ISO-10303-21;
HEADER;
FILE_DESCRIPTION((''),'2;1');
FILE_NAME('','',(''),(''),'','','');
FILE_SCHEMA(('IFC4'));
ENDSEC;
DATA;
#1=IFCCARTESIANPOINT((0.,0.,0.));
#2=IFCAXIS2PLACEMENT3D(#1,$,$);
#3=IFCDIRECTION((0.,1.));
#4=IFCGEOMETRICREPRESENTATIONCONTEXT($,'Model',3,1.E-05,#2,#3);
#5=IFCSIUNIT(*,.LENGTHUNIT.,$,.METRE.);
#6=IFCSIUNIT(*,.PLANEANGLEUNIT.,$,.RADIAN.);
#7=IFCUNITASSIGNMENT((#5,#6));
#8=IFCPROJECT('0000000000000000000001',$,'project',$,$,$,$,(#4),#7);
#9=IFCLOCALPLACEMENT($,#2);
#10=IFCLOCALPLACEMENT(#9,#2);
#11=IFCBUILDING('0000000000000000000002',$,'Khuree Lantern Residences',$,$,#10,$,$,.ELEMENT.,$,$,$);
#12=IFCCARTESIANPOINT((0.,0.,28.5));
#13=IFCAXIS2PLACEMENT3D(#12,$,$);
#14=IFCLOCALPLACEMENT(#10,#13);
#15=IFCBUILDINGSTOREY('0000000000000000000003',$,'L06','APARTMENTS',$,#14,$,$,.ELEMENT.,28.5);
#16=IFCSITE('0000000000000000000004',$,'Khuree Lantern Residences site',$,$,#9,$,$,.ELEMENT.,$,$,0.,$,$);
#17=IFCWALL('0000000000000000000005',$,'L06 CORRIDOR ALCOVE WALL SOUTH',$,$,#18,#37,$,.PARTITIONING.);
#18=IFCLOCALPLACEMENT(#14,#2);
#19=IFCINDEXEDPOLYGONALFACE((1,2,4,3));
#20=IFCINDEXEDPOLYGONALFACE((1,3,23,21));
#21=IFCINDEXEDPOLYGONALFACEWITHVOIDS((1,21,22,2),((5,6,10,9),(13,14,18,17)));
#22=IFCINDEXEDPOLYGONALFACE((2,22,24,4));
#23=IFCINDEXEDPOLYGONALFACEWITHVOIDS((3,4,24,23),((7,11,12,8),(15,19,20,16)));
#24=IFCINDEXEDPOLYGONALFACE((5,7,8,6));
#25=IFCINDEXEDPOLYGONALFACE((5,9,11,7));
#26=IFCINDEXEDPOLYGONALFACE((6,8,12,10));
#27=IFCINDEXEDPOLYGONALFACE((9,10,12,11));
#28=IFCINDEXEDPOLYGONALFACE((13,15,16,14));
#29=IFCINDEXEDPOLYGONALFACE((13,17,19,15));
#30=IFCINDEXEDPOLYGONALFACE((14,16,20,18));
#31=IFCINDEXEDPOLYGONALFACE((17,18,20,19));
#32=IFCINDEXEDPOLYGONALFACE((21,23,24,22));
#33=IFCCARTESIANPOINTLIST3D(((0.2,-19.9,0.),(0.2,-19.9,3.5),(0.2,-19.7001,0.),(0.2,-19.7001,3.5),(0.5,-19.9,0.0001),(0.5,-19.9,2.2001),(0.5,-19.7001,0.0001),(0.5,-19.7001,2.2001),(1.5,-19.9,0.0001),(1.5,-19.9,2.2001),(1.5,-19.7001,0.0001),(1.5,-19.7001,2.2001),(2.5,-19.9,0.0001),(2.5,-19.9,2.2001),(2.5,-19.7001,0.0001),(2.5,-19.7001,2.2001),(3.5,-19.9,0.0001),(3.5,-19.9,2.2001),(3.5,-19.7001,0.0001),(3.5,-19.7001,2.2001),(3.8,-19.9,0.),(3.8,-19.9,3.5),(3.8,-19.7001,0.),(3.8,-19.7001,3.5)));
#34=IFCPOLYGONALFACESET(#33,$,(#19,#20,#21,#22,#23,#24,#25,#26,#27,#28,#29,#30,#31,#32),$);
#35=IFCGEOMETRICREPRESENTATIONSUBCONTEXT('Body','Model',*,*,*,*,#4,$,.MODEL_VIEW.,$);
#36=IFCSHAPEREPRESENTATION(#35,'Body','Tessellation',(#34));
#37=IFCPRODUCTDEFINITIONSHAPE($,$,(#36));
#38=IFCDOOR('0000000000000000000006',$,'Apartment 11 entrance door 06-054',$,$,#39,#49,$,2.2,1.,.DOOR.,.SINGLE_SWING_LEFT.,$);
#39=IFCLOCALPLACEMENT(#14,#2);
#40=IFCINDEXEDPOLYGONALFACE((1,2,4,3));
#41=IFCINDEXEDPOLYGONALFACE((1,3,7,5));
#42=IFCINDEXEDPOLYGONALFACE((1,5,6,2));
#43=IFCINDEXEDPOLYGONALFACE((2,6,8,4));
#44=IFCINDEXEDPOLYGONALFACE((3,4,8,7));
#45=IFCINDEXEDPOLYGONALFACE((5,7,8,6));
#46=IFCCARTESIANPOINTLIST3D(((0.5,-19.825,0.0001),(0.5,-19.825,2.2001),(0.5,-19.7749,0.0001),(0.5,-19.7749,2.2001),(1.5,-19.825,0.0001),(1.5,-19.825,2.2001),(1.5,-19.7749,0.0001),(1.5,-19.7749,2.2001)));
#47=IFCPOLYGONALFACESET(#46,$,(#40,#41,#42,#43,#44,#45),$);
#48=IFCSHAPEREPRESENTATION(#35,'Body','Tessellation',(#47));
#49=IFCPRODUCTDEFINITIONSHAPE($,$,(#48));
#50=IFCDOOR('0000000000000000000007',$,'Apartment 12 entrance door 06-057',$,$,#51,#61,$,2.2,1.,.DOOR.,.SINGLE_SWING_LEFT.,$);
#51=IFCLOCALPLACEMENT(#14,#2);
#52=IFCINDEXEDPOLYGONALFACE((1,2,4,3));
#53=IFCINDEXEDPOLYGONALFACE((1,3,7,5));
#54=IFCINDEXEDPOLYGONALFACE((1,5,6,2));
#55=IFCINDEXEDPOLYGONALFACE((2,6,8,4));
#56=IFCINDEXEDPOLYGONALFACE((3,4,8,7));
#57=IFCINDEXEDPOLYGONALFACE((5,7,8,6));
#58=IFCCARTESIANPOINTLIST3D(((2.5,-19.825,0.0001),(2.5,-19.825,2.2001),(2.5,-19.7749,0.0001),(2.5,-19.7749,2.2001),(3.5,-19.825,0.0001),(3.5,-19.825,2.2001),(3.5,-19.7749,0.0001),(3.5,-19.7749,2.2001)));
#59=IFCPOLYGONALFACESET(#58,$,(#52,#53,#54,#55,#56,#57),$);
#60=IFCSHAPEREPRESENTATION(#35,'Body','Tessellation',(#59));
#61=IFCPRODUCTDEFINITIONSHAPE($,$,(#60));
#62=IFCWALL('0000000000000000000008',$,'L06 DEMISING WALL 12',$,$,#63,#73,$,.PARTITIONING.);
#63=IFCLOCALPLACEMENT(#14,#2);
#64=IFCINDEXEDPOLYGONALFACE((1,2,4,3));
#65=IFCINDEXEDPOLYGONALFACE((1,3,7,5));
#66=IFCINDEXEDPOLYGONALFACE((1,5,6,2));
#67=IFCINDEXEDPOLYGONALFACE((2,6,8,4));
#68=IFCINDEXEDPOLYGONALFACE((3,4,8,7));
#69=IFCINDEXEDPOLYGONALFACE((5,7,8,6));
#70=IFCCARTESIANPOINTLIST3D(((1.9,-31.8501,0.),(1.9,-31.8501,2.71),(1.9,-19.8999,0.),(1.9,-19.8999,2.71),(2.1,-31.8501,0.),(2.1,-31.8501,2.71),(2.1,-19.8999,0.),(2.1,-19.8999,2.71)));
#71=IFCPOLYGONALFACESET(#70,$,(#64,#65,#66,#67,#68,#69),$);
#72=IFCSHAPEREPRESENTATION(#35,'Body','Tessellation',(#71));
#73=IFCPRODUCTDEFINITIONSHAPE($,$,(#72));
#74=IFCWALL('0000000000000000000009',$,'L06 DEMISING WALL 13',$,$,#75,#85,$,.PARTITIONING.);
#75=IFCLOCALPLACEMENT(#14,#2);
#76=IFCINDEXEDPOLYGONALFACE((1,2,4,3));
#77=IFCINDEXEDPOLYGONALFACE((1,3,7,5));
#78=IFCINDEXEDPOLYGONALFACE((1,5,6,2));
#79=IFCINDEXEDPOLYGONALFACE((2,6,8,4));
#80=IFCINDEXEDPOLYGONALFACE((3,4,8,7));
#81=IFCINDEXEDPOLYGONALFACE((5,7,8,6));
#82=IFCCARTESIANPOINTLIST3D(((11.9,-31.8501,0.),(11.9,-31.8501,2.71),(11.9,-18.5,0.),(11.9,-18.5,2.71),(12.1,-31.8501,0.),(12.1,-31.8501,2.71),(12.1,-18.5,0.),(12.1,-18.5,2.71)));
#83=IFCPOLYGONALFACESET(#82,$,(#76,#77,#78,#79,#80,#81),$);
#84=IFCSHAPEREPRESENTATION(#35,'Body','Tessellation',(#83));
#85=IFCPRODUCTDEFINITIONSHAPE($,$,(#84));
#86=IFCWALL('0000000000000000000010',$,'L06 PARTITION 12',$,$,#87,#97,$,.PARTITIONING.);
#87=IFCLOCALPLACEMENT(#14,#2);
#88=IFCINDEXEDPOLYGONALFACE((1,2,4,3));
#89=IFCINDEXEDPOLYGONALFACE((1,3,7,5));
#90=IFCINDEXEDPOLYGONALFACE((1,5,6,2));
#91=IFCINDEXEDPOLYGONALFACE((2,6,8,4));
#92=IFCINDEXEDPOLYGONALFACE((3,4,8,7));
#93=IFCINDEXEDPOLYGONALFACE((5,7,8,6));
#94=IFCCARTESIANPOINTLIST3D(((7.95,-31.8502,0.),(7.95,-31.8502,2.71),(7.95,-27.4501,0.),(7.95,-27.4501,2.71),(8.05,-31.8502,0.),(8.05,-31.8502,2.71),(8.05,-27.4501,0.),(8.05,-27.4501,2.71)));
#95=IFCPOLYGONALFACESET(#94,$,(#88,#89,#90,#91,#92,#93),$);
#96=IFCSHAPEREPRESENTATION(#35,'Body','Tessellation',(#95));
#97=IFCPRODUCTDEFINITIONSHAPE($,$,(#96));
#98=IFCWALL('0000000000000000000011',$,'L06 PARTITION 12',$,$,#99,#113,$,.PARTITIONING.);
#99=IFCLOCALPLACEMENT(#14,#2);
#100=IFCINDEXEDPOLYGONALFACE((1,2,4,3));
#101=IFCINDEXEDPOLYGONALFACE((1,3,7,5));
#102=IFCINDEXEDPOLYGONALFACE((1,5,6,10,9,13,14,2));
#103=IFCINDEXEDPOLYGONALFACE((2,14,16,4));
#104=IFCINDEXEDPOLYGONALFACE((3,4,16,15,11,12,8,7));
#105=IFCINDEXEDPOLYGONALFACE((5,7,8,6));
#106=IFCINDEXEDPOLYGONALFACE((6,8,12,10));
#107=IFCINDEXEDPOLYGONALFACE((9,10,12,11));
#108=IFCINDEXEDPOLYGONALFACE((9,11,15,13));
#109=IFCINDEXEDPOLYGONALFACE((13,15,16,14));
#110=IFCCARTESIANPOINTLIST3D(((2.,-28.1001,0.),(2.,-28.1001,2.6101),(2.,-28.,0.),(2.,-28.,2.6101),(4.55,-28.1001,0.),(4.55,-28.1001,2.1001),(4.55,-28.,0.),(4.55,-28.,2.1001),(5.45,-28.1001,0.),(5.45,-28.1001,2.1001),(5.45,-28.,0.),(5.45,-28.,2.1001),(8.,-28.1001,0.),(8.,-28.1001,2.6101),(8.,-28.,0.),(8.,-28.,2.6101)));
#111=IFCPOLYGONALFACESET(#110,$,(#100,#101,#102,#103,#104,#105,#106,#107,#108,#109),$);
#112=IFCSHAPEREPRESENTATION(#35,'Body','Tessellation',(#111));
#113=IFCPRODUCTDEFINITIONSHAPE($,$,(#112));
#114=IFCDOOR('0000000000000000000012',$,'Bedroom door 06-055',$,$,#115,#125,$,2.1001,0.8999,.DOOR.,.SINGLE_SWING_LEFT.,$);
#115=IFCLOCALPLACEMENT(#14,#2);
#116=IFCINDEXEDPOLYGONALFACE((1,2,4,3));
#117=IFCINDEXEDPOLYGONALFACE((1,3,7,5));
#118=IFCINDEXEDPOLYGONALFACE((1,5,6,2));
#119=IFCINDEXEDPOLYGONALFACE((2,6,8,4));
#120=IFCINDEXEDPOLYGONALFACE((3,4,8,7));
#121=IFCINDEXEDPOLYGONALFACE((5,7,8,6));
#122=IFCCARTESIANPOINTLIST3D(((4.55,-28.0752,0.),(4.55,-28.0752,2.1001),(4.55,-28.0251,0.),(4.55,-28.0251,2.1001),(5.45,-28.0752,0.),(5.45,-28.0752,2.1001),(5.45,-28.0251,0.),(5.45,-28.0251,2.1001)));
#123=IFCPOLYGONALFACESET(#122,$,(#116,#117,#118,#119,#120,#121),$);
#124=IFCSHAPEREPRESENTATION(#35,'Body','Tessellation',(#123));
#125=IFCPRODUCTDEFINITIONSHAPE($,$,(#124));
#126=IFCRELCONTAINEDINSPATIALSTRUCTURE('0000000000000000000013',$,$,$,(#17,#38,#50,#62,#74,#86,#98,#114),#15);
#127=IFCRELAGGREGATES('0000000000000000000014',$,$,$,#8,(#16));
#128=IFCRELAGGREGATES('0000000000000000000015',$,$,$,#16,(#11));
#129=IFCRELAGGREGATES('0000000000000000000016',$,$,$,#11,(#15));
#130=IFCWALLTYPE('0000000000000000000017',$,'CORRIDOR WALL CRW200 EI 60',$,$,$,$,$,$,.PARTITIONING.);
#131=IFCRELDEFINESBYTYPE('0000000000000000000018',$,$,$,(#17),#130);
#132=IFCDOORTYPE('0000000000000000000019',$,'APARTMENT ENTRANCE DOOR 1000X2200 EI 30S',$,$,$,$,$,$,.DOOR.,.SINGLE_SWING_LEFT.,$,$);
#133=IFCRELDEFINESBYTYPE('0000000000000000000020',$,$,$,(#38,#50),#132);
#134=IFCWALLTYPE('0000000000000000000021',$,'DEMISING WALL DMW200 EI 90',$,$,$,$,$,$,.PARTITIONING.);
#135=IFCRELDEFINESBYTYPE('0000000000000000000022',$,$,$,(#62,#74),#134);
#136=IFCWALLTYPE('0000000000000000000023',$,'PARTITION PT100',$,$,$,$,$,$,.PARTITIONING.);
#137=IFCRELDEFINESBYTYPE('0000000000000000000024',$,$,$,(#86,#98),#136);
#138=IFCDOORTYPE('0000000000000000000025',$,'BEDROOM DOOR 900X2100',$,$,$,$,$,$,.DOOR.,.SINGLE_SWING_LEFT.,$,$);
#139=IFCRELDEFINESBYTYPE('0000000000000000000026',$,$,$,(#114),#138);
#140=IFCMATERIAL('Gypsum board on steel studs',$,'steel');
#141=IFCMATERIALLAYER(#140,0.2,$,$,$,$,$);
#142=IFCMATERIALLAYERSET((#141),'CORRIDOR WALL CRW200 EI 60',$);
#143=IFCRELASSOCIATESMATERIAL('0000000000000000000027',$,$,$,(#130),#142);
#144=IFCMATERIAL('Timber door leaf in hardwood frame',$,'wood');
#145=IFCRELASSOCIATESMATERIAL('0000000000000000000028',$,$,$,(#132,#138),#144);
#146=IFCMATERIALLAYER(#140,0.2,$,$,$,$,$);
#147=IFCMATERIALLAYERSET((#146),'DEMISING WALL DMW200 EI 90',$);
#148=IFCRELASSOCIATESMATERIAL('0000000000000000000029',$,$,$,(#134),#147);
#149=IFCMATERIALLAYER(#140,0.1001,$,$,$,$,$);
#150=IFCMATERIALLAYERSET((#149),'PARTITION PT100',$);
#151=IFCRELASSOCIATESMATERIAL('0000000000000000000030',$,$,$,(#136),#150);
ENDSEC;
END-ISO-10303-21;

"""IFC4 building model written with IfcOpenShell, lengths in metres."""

from ifc_helpers import new_model, si_unit, direction, frame, frame_2d, origin, place, context, subcontext, project, spatial, rectangle, extrude, material, layer, layer_set, type_object, element, fill, save


model = new_model("IFC4")

# Units and contexts
model_context = context("Model", 3, precision=1e-05, world=origin(), true_north=direction((0.0, 1.0)))
body_context = subcontext(model_context, "Body", "Model", "MODEL_VIEW")
ifc_project = project(units=[si_unit("LENGTHUNIT", "METRE"), si_unit("PLANEANGLEUNIT", "RADIAN")], contexts=[model_context])

# Site, building, storey
site_placement = place(None, origin())
site = spatial("IfcSite", under=ifc_project, at=site_placement, Name="Khuree Lantern Residences site", CompositionType="ELEMENT", RefElevation=0.0)
building_placement = place(site_placement, origin())
building = spatial("IfcBuilding", under=site, at=building_placement, Name="Khuree Lantern Residences", CompositionType="ELEMENT")
storey_placement = place(building_placement, frame((0.0, 0.0, 28.5)))
storey = spatial("IfcBuildingStorey", under=building, at=storey_placement, Name="L06", Description="APARTMENTS", CompositionType="ELEMENT", Elevation=28.5)

# Shared definitions
ifc_material_1 = material(Name="Timber door leaf in hardwood frame", Category="wood")

# Wall, openings, doors
ifc_material_2 = material(Name="Gypsum board on steel studs", Category="steel")
ifc_layer_1 = layer(ifc_material_2, 0.2)
ifc_layer_set_1 = layer_set([ifc_layer_1], Name="CORRIDOR WALL CRW200 EI 60")
wall_type_1 = type_object("IfcWallType", Name="CORRIDOR WALL CRW200 EI 60", PredefinedType="PARTITIONING", material=ifc_layer_set_1)
wall_1_placement = place(storey_placement, frame((3.8, -19.8, 0.0), z_axis=(0.0, 0.0, 1.0), x_axis=(-1.0, 0.0, 0.0)))
wall_1 = element("IfcWall", 1, at=wall_1_placement, inside=storey, type_object=wall_type_1, Name="L06 CORRIDOR ALCOVE WALL SOUTH", PredefinedType="PARTITIONING", context=body_context, shape_type="SweptSolid", body=[
    extrude(rectangle(XDim=3.6001, YDim=0.2, at=frame_2d((1.8, 0.0))), origin(), (0.0, 0.0, 1.0), 3.5),
])
opening_1_placement = place(wall_1_placement, frame((2.3, 0.0, 0.0)))
opening_1 = element("IfcOpeningElement", 2, at=opening_1_placement, cuts=wall_1, PredefinedType="OPENING", context=body_context, shape_type="SweptSolid", body=[
    extrude(rectangle(XDim=1.0, YDim=2.2, at=frame_2d((0.5, 1.1001))), frame((0.0, 0.1099, 0.0), z_axis=(0.0, -1.0, 0.0), x_axis=(1.0, 0.0, 0.0)), (0.0, 0.0, 1.0), 0.22),
])
opening_2_placement = place(wall_1_placement, frame((0.3, 0.0, 0.0)))
opening_2 = element("IfcOpeningElement", 3, at=opening_2_placement, cuts=wall_1, PredefinedType="OPENING", context=body_context, shape_type="SweptSolid", body=[
    extrude(rectangle(XDim=1.0, YDim=2.2, at=frame_2d((0.5, 1.1001))), frame((0.0, 0.1099, 0.0), z_axis=(0.0, -1.0, 0.0), x_axis=(1.0, 0.0, 0.0)), (0.0, 0.0, 1.0), 0.22),
])
door_type_1 = type_object("IfcDoorType", Name="APARTMENT ENTRANCE DOOR 1000X2200 EI 30S", OperationType="SINGLE_SWING_LEFT", PredefinedType="DOOR", material=ifc_material_1)
door_1_placement = place(opening_1_placement, origin())
door_1 = element("IfcDoor", 4, at=door_1_placement, inside=storey, type_object=door_type_1, Name="Apartment 11 entrance door 06-054", OperationType="SINGLE_SWING_LEFT", OverallHeight=2.2, OverallWidth=1.0, PredefinedType="DOOR", context=body_context, shape_type="SweptSolid", body=[
    extrude(rectangle(XDim=1.0, YDim=2.2, at=frame_2d((0.5, 1.1001))), frame((0.0, 0.0249, 0.0), z_axis=(0.0, -1.0, 0.0), x_axis=(1.0, 0.0, 0.0)), (0.0, 0.0, 1.0), 0.05),
])
fill(opening_1, door_1)
door_2_placement = place(opening_2_placement, origin())
door_2 = element("IfcDoor", 5, at=door_2_placement, inside=storey, type_object=door_type_1, Name="Apartment 12 entrance door 06-057", OperationType="SINGLE_SWING_LEFT", OverallHeight=2.2, OverallWidth=1.0, PredefinedType="DOOR", context=body_context, shape_type="SweptSolid", body=[
    extrude(rectangle(XDim=1.0, YDim=2.2, at=frame_2d((0.5, 1.1001))), frame((0.0, 0.0249, 0.0), z_axis=(0.0, -1.0, 0.0), x_axis=(1.0, 0.0, 0.0)), (0.0, 0.0, 1.0), 0.05),
])
fill(opening_2, door_2)

# Walls
ifc_layer_2 = layer(ifc_material_2, 0.2)
ifc_layer_set_2 = layer_set([ifc_layer_2], Name="DEMISING WALL DMW200 EI 90")
wall_type_2 = type_object("IfcWallType", Name="DEMISING WALL DMW200 EI 90", PredefinedType="PARTITIONING", material=ifc_layer_set_2)
wall_2_placement = place(storey_placement, frame((2.0, -19.8999, 0.0), z_axis=(0.0, 0.0, 1.0), x_axis=(0.0, -1.0, 0.0)))
element("IfcWall", 6, at=wall_2_placement, inside=storey, type_object=wall_type_2, Name="L06 DEMISING WALL 12", PredefinedType="PARTITIONING", context=body_context, shape_type="SweptSolid", body=[
    extrude(rectangle(XDim=11.9502, YDim=0.2, at=frame_2d((5.9751, 0.0))), origin(), (0.0, 0.0, 1.0), 2.71),
])
wall_3_placement = place(storey_placement, frame((12.0, -18.5, 0.0), z_axis=(0.0, 0.0, 1.0), x_axis=(0.0, -1.0, 0.0)))
element("IfcWall", 7, at=wall_3_placement, inside=storey, type_object=wall_type_2, Name="L06 DEMISING WALL 13", PredefinedType="PARTITIONING", context=body_context, shape_type="SweptSolid", body=[
    extrude(rectangle(XDim=13.3501, YDim=0.2, at=frame_2d((6.675, 0.0))), origin(), (0.0, 0.0, 1.0), 2.71),
])
ifc_layer_3 = layer(ifc_material_2, 0.1001)
ifc_layer_set_3 = layer_set([ifc_layer_3], Name="PARTITION PT100")
wall_type_3 = type_object("IfcWallType", Name="PARTITION PT100", PredefinedType="PARTITIONING", material=ifc_layer_set_3)
wall_4_placement = place(storey_placement, frame((8.0, -27.45, 0.0), z_axis=(0.0, 0.0, 1.0), x_axis=(0.0, -1.0, 0.0)))
element("IfcWall", 8, at=wall_4_placement, inside=storey, type_object=wall_type_3, Name="L06 PARTITION 12", PredefinedType="PARTITIONING", context=body_context, shape_type="SweptSolid", body=[
    extrude(rectangle(XDim=4.4001, YDim=0.1001, at=frame_2d((2.2002, 0.0))), origin(), (0.0, 0.0, 1.0), 2.71),
])

# Wall, opening, door
wall_5_placement = place(storey_placement, frame((2.0, -28.05, 0.0), z_axis=(0.0, 0.0, 1.0), x_axis=(1.0, 0.0, 0.0)))
wall_5 = element("IfcWall", 9, at=wall_5_placement, inside=storey, type_object=wall_type_3, Name="L06 PARTITION 12", PredefinedType="PARTITIONING", context=body_context, shape_type="SweptSolid", body=[
    extrude(rectangle(XDim=6.0, YDim=0.1001, at=frame_2d((3.0, 0.0))), origin(), (0.0, 0.0, 1.0), 2.6101),
])
opening_3_placement = place(wall_5_placement, frame((2.55, 0.0, 0.0)))
opening_3 = element("IfcOpeningElement", 10, at=opening_3_placement, cuts=wall_5, PredefinedType="OPENING", context=body_context, shape_type="SweptSolid", body=[
    extrude(rectangle(XDim=0.8999, YDim=2.1001, at=frame_2d((0.45, 1.05))), frame((0.0, 0.0601, 0.0), z_axis=(0.0, -1.0, 0.0), x_axis=(1.0, 0.0, 0.0)), (0.0, 0.0, 1.0), 0.1201),
])
door_type_2 = type_object("IfcDoorType", Name="BEDROOM DOOR 900X2100", OperationType="SINGLE_SWING_LEFT", PredefinedType="DOOR", material=ifc_material_1)
door_3_placement = place(opening_3_placement, origin())
door_3 = element("IfcDoor", 11, at=door_3_placement, inside=storey, type_object=door_type_2, Name="Bedroom door 06-055", OperationType="SINGLE_SWING_LEFT", OverallHeight=2.1001, OverallWidth=0.8999, PredefinedType="DOOR", context=body_context, shape_type="SweptSolid", body=[
    extrude(rectangle(XDim=0.8999, YDim=2.1001, at=frame_2d((0.45, 1.05))), frame((0.0, 0.0249, 0.0), z_axis=(0.0, -1.0, 0.0), x_axis=(1.0, 0.0, 0.0)), (0.0, 0.0, 1.0), 0.05),
])
fill(opening_3, door_3)

save(model, "model.ifc")
